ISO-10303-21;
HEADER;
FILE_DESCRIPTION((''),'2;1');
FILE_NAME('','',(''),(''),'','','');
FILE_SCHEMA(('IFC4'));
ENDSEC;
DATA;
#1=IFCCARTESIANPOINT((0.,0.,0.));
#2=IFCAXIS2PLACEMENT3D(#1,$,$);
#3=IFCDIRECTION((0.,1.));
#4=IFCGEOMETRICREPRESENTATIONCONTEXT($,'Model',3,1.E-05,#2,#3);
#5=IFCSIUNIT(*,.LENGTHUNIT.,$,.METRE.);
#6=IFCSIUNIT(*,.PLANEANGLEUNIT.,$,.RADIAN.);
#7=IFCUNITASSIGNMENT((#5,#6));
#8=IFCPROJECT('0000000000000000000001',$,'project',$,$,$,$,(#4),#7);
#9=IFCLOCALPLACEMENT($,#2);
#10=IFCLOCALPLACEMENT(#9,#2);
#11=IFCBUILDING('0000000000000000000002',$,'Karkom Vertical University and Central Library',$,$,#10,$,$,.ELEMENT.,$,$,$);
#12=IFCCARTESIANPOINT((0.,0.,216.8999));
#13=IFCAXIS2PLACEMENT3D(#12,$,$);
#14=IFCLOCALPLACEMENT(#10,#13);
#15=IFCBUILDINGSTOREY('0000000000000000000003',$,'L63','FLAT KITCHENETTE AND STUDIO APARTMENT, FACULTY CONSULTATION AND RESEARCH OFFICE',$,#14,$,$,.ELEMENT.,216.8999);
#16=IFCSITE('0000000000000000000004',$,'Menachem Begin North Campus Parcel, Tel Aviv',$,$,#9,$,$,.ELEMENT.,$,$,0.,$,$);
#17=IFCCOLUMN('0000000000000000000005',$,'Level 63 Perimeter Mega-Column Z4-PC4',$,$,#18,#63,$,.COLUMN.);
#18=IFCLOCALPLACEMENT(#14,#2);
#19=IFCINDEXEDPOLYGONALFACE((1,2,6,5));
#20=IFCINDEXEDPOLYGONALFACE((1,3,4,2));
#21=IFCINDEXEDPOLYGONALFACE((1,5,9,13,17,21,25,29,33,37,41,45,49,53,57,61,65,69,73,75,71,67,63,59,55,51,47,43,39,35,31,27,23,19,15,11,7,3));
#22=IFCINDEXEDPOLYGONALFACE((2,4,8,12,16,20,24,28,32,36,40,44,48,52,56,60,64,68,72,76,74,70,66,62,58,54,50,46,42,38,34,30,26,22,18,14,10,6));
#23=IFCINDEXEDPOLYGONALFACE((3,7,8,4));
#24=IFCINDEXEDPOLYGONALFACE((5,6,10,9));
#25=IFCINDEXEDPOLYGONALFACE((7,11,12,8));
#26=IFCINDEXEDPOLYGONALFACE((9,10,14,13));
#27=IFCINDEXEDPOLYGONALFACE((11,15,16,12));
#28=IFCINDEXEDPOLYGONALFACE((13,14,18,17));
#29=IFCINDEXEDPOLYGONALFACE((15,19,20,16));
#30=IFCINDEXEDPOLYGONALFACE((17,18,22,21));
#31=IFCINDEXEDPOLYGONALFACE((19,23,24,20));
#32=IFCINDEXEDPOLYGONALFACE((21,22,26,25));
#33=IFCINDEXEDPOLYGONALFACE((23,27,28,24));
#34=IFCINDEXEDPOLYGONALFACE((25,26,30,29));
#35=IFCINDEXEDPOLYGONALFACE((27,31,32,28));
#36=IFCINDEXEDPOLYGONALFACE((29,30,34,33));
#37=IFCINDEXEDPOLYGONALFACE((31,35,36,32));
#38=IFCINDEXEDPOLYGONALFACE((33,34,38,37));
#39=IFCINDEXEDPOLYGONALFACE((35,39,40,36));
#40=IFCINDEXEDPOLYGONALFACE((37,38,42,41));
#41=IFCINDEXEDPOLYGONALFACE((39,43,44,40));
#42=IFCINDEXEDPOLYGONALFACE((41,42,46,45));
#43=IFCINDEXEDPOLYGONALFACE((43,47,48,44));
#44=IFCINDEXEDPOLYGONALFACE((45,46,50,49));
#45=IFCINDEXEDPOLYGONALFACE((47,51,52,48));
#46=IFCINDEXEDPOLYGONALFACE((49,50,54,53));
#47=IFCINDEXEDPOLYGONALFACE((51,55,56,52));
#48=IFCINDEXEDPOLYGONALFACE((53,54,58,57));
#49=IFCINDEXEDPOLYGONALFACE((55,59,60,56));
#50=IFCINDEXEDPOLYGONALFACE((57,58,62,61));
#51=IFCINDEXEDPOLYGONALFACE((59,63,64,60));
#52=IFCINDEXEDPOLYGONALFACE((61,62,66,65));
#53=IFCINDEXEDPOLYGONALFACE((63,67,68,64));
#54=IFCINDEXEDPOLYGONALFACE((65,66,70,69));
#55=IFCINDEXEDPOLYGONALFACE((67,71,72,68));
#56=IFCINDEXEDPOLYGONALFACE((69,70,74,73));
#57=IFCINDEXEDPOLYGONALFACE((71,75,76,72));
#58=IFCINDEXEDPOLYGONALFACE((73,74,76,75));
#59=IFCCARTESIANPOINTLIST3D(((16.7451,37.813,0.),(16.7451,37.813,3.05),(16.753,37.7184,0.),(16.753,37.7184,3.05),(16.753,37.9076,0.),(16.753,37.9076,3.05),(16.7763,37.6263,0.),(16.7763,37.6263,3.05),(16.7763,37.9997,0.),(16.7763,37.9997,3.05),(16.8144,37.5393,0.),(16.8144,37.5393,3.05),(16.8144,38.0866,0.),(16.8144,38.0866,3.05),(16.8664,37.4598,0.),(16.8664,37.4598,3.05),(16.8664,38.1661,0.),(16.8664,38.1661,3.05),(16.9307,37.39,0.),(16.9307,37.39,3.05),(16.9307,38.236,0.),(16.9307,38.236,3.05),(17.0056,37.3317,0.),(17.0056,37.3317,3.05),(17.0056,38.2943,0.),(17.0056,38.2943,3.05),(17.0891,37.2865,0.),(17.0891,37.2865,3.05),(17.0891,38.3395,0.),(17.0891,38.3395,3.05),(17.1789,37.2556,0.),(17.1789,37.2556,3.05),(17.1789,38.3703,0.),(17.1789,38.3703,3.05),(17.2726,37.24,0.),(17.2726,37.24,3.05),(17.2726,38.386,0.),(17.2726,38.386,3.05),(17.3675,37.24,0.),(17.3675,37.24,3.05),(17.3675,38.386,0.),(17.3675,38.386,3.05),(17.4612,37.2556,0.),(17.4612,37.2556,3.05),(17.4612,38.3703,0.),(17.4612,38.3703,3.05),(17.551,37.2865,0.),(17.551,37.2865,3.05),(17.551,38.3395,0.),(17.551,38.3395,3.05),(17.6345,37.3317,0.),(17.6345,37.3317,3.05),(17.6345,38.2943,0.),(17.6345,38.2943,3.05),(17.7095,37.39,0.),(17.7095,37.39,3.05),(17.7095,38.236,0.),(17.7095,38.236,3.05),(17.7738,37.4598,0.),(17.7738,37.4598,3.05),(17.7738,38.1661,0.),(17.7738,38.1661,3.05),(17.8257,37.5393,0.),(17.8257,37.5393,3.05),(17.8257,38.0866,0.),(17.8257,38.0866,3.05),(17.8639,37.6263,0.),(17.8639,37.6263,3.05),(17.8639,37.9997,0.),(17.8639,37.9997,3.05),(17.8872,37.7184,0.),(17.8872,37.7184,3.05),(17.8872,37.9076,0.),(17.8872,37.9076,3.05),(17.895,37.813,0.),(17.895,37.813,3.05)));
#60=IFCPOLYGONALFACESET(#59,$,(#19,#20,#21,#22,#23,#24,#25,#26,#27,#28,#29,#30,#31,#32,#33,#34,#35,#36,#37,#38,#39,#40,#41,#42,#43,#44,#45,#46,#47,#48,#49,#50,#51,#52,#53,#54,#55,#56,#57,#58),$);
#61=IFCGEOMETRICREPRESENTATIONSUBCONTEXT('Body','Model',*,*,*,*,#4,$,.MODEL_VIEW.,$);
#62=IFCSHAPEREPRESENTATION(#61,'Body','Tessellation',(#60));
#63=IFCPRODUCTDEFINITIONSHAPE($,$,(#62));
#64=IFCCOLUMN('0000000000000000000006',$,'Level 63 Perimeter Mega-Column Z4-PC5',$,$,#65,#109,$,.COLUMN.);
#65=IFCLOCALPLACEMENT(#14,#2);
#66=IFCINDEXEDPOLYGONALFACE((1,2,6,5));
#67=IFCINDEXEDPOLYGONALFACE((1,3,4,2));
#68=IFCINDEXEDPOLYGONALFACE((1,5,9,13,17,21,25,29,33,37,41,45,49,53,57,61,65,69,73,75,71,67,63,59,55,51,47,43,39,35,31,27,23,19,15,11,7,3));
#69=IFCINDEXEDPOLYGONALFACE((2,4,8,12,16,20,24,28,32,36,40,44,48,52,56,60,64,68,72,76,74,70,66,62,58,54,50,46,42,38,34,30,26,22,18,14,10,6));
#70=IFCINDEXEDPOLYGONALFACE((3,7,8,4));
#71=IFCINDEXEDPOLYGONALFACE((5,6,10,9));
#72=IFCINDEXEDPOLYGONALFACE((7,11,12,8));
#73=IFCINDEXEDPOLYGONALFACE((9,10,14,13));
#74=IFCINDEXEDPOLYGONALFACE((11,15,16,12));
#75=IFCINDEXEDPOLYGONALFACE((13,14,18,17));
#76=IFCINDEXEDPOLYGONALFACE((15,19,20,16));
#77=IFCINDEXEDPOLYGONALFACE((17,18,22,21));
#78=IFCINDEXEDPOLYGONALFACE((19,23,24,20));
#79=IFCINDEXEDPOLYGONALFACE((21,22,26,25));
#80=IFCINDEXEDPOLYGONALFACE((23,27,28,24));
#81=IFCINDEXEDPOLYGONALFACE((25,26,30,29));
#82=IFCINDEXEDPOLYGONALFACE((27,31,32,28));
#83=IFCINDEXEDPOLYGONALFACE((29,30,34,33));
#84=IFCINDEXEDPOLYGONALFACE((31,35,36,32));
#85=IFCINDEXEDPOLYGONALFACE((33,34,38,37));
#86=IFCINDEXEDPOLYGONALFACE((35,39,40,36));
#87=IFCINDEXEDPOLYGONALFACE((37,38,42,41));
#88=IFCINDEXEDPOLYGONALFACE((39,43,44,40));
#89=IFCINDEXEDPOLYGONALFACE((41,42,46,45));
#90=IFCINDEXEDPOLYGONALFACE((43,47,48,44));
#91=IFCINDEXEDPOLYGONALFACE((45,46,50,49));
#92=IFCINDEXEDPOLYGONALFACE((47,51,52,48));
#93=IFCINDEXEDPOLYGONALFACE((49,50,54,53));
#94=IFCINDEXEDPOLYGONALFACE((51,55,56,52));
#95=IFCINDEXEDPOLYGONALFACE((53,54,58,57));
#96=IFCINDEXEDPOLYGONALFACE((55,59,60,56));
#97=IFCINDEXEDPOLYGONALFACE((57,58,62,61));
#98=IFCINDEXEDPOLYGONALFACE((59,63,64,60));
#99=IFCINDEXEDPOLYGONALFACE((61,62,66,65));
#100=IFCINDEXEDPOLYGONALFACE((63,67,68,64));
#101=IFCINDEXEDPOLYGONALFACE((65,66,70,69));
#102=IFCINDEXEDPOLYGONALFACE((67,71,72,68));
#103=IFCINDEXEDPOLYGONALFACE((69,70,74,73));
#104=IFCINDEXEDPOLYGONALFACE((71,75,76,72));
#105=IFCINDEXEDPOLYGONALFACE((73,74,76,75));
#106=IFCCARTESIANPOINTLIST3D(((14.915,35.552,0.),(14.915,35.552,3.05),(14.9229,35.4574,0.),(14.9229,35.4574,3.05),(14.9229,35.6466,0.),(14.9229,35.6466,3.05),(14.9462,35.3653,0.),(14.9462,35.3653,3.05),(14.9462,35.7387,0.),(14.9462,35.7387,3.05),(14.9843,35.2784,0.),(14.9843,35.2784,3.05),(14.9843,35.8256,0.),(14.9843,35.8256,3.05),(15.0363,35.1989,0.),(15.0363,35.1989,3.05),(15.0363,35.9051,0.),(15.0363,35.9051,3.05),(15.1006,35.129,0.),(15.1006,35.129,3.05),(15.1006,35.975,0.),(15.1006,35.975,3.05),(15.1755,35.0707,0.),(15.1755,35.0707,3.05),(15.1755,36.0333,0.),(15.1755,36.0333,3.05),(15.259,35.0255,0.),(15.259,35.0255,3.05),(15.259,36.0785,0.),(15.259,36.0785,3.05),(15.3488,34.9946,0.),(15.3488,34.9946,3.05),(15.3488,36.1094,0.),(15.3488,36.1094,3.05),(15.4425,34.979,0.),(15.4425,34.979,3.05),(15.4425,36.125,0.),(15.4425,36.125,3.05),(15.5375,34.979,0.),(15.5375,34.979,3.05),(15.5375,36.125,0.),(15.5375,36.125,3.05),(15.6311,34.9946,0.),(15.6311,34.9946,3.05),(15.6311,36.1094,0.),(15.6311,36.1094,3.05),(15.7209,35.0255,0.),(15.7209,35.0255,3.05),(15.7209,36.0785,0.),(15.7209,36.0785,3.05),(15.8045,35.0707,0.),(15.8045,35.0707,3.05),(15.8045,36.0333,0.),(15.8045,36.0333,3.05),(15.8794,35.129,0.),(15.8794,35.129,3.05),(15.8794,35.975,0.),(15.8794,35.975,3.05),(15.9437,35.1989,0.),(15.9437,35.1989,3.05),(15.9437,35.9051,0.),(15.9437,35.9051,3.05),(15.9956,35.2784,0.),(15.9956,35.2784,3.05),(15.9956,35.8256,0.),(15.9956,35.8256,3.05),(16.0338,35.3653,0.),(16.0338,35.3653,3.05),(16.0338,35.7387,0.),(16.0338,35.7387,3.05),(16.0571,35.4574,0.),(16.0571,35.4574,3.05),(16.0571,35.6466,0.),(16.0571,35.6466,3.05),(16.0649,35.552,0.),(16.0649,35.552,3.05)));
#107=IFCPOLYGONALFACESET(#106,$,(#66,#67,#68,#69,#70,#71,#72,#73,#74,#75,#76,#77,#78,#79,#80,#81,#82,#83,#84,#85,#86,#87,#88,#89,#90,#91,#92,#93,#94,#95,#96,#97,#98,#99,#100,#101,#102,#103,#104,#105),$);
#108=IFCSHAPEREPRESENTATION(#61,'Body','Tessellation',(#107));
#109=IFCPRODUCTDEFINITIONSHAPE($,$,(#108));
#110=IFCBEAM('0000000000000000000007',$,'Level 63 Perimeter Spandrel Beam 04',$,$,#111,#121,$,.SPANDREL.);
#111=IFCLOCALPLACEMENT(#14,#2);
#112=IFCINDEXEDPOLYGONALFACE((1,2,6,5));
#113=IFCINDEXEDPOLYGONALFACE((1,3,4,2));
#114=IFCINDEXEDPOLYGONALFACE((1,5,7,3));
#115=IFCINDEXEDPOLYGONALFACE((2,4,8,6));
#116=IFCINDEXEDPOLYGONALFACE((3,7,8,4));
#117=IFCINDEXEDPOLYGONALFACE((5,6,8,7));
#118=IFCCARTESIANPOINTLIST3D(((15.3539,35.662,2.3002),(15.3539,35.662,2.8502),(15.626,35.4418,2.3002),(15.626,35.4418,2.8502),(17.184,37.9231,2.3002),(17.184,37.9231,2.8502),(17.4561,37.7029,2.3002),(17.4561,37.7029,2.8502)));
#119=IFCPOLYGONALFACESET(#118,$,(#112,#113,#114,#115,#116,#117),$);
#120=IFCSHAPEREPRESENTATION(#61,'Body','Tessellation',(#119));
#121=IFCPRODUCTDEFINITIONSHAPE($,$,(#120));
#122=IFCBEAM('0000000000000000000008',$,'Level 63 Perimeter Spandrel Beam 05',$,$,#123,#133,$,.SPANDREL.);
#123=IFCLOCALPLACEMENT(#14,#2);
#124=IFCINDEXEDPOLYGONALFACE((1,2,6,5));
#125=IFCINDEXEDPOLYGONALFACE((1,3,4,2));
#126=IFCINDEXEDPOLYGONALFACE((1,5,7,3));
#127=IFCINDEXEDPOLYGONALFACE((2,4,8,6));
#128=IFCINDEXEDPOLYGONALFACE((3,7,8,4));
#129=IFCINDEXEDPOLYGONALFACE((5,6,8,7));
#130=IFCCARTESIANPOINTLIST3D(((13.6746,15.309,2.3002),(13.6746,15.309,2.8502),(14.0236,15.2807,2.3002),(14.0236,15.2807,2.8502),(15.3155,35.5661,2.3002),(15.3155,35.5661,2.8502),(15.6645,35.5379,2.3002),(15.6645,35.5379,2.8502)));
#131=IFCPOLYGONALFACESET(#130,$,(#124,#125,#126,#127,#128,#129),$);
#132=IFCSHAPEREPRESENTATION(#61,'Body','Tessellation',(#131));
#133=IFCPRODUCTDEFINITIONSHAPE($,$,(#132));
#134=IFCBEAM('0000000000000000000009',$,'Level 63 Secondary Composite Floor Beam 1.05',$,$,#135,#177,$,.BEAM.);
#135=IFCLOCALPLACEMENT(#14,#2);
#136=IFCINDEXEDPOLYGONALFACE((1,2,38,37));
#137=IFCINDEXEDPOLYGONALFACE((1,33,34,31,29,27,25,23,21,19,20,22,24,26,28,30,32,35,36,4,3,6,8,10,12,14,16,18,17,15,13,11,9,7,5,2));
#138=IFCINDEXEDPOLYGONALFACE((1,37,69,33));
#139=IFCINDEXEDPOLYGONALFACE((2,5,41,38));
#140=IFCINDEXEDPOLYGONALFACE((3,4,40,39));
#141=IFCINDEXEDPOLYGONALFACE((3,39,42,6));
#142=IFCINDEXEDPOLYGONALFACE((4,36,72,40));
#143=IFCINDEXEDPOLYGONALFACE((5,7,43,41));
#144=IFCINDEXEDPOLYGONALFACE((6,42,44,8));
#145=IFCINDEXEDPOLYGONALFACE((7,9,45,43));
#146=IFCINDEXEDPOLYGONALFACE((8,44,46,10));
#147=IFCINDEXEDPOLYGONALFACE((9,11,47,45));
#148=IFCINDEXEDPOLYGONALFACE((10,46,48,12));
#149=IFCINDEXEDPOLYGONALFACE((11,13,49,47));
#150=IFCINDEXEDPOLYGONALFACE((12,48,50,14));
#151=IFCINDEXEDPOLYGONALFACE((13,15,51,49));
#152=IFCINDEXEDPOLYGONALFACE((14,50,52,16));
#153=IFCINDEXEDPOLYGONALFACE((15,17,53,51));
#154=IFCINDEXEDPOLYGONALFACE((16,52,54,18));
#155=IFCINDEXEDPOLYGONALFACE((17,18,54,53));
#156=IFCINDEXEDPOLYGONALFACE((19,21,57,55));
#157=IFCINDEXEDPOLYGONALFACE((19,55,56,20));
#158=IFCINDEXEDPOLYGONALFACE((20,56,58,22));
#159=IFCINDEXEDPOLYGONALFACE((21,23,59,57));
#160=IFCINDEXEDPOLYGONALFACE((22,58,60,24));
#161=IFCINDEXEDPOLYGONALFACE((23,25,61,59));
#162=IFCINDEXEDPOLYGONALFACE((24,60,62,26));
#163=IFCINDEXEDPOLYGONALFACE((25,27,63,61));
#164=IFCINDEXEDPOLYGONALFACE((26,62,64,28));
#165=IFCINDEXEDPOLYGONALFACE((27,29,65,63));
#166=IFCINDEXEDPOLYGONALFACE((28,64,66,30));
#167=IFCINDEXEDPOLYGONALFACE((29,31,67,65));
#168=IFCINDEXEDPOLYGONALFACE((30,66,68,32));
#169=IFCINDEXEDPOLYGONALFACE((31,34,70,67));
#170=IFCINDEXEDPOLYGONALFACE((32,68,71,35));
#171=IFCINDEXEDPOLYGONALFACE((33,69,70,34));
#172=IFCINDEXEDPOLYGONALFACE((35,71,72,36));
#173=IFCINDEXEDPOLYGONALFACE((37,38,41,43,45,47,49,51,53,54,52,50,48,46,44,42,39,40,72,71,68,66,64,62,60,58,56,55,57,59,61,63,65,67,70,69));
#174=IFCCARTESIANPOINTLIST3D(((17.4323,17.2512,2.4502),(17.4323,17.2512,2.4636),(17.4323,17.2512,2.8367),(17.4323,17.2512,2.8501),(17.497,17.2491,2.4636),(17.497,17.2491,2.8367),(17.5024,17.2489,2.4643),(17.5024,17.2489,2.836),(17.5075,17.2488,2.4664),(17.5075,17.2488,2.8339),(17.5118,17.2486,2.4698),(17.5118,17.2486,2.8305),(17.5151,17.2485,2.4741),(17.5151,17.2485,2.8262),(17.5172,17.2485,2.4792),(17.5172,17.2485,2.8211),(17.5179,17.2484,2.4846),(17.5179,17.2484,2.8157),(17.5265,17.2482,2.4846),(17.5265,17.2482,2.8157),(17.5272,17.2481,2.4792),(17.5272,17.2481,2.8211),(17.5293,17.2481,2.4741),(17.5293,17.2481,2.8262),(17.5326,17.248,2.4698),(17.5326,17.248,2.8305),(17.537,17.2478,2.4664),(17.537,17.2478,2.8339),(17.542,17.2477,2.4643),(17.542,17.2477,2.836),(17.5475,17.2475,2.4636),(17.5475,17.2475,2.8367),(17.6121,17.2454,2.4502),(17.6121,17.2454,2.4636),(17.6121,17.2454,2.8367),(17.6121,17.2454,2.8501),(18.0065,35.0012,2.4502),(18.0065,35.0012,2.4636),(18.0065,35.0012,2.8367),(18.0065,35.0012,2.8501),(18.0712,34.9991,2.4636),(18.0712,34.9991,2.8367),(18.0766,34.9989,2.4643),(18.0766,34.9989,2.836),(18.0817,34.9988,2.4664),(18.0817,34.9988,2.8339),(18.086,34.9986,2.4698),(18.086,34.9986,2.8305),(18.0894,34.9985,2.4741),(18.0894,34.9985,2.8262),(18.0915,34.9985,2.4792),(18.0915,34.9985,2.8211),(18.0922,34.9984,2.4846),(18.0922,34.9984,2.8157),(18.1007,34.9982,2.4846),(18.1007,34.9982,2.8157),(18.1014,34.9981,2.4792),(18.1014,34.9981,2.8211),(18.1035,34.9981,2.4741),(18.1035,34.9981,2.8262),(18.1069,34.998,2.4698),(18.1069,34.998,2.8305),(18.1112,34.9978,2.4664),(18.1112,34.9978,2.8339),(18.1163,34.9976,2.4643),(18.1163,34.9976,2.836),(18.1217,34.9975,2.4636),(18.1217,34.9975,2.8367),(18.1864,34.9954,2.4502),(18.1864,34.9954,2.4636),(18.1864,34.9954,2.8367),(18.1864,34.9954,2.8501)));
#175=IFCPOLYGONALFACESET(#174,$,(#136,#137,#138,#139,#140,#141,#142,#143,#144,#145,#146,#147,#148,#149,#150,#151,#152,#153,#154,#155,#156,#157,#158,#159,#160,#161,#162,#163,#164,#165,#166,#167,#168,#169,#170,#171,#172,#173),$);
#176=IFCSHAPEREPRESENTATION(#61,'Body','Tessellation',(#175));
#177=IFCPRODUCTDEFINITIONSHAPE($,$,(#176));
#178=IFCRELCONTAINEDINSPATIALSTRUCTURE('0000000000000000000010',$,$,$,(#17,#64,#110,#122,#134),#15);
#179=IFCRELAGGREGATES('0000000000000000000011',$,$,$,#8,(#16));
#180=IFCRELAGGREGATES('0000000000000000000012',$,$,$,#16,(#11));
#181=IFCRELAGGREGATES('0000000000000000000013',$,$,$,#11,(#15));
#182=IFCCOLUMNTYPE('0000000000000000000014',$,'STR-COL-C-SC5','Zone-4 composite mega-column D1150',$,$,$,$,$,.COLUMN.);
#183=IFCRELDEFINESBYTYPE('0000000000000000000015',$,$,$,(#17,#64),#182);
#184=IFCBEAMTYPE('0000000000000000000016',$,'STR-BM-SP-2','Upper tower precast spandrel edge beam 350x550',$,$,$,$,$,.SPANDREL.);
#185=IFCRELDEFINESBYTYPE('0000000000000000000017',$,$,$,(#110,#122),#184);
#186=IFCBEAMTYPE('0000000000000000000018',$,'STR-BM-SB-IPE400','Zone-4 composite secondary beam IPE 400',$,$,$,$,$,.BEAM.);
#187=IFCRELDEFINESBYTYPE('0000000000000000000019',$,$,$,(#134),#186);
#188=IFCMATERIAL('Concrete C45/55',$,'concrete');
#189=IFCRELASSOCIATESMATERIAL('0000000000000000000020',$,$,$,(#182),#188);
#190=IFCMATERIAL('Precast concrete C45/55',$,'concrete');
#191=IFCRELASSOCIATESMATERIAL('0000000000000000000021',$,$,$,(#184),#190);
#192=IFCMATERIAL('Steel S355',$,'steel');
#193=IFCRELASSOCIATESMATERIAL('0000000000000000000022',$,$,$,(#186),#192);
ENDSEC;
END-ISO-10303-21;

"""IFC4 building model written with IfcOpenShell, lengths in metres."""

from ifc_helpers import new_model, si_unit, direction, frame, origin, origin_with_axes, origin_2d, place, context, subcontext, project, spatial, rectangle, circle, i_section, extrude, source, transform, mapped, material, material_profile, profile_set, type_object, element, save


model = new_model("IFC4")

# Units and contexts
model_context = context("Model", 3, precision=1e-05, world=origin(), true_north=direction((0.0, 1.0)))
body_context = subcontext(model_context, "Body", "Model", "MODEL_VIEW")
ifc_project = project(units=[si_unit("LENGTHUNIT", "METRE"), si_unit("PLANEANGLEUNIT", "RADIAN")], contexts=[model_context])

# Site, building, storey
site_placement = place(None, origin())
site = spatial("IfcSite", under=ifc_project, at=site_placement, Name="Menachem Begin North Campus Parcel, Tel Aviv", CompositionType="ELEMENT", RefElevation=0.0)
building_placement = place(site_placement, origin())
building = spatial("IfcBuilding", under=site, at=building_placement, Name="Karkom Vertical University and Central Library", CompositionType="ELEMENT")
storey_placement = place(building_placement, frame((0.0, 0.0, 216.8999)))
storey = spatial("IfcBuildingStorey", under=building, at=storey_placement, Name="L63", Description="FLAT KITCHENETTE AND STUDIO APARTMENT, FACULTY CONSULTATION AND RESEARCH OFFICE", CompositionType="ELEMENT", Elevation=216.8999)

# Columns
ifc_material_1 = material(Name="Concrete C45/55", Category="concrete")
ifc_material_profile_1 = material_profile(ifc_material_1, circle(Radius=0.575, at=origin_2d()), Name="CFT-D1150")
ifc_profile_set_1 = profile_set([ifc_material_profile_1], Name="Concrete C45/55")
column_type = type_object("IfcColumnType", Name="STR-COL-C-SC5", Description="Zone-4 composite mega-column D1150", PredefinedType="COLUMN", material=ifc_profile_set_1)
shared_shape_1 = source(origin_with_axes(), body_context, "Body", "SweptSolid", [
    extrude(circle(Radius=0.575, at=origin_2d()), origin(), (0.0, 0.0, 1.0), 3.05),
])
for number, where, z_axis, x_axis, name in (
    (1, (17.3201, 37.813, 0.0), (0.0, 0.0, 1.0), (1.0, 0.0, 0.0), "Level 63 Perimeter Mega-Column Z4-PC4"),
    (2, (15.49, 35.552, 0.0), (0.0, 0.0, 1.0), (1.0, 0.0, 0.0), "Level 63 Perimeter Mega-Column Z4-PC5"),
):
    element("IfcColumn", number, at=place(storey_placement, frame(where, z_axis=z_axis, x_axis=x_axis)), inside=storey, type_object=column_type, Name=name, PredefinedType="COLUMN", context=body_context, shape_type="MappedRepresentation", body=[
        mapped(shared_shape_1, transform((0.0, 0.0, 0.0), scale=1.0)),
    ])

# Beams
ifc_material_2 = material(Name="Precast concrete C45/55", Category="concrete")
ifc_material_profile_2 = material_profile(ifc_material_2, rectangle(XDim=0.3501, YDim=0.55, at=origin_2d()), Name="SPB-350x550")
ifc_profile_set_2 = profile_set([ifc_material_profile_2], Name="Precast concrete C45/55")
beam_type_1 = type_object("IfcBeamType", Name="STR-BM-SP-2", Description="Upper tower precast spandrel edge beam 350x550", PredefinedType="SPANDREL", material=ifc_profile_set_2)
shared_shape_2 = source(origin_with_axes(), body_context, "Body", "SweptSolid", [
    extrude(rectangle(XDim=0.3501, YDim=0.55, at=origin_2d()), origin(), (0.0, 0.0, 1.0), 2.9089),
])
beam_1_placement = place(storey_placement, frame((17.3201, 37.813, 2.5752), z_axis=(-0.629148, -0.777286, 0.0), x_axis=(0.777286, -0.629148, 0.0)))
element("IfcBeam", 3, at=beam_1_placement, inside=storey, type_object=beam_type_1, Name="Level 63 Perimeter Spandrel Beam 04", PredefinedType="SPANDREL", context=body_context, shape_type="MappedRepresentation", body=[
    mapped(shared_shape_2, transform((0.0, 0.0, 0.0), scale=1.0)),
])
shared_shape_3 = source(origin_with_axes(), body_context, "Body", "SweptSolid", [
    extrude(rectangle(XDim=0.3501, YDim=0.55, at=origin_2d()), origin(), (0.0, 0.0, 1.0), 20.3235),
])
beam_2_placement = place(storey_placement, frame((15.49, 35.552, 2.5752), z_axis=(-0.080738, -0.996735, 0.0), x_axis=(0.996735, -0.080738, 0.0)))
element("IfcBeam", 4, at=beam_2_placement, inside=storey, type_object=beam_type_1, Name="Level 63 Perimeter Spandrel Beam 05", PredefinedType="SPANDREL", context=body_context, shape_type="MappedRepresentation", body=[
    mapped(shared_shape_3, transform((0.0, 0.0, 0.0), scale=1.0)),
])
ifc_material_3 = material(Name="Steel S355", Category="steel")
ifc_material_profile_3 = material_profile(ifc_material_3, i_section(OverallWidth=0.1799, OverallDepth=0.3999, WebThickness=0.0085, FlangeThickness=0.0134, FilletRadius=0.021, at=origin_2d()), Name="IPE 400")
ifc_profile_set_3 = profile_set([ifc_material_profile_3], Name="Steel S355")
beam_type_2 = type_object("IfcBeamType", Name="STR-BM-SB-IPE400", Description="Zone-4 composite secondary beam IPE 400", PredefinedType="BEAM", material=ifc_profile_set_3)
shared_shape_4 = source(origin_with_axes(), body_context, "Body", "SweptSolid", [
    extrude(i_section(OverallWidth=0.1799, OverallDepth=0.3999, WebThickness=0.0085, FlangeThickness=0.0134, FilletRadius=0.021, at=origin_2d()), origin(), (0.0, 0.0, 1.0), 17.7593),
])
beam_3_placement = place(storey_placement, frame((18.0964, 34.9983, 2.6501), z_axis=(-0.032333, -0.999477, 0.0), x_axis=(0.999477, -0.032333, 0.0)))
element("IfcBeam", 5, at=beam_3_placement, inside=storey, type_object=beam_type_2, Name="Level 63 Secondary Composite Floor Beam 1.05", PredefinedType="BEAM", context=body_context, shape_type="MappedRepresentation", body=[
    mapped(shared_shape_4, transform((0.0, 0.0, 0.0), scale=1.0)),
])

save(model, "model.ifc")
